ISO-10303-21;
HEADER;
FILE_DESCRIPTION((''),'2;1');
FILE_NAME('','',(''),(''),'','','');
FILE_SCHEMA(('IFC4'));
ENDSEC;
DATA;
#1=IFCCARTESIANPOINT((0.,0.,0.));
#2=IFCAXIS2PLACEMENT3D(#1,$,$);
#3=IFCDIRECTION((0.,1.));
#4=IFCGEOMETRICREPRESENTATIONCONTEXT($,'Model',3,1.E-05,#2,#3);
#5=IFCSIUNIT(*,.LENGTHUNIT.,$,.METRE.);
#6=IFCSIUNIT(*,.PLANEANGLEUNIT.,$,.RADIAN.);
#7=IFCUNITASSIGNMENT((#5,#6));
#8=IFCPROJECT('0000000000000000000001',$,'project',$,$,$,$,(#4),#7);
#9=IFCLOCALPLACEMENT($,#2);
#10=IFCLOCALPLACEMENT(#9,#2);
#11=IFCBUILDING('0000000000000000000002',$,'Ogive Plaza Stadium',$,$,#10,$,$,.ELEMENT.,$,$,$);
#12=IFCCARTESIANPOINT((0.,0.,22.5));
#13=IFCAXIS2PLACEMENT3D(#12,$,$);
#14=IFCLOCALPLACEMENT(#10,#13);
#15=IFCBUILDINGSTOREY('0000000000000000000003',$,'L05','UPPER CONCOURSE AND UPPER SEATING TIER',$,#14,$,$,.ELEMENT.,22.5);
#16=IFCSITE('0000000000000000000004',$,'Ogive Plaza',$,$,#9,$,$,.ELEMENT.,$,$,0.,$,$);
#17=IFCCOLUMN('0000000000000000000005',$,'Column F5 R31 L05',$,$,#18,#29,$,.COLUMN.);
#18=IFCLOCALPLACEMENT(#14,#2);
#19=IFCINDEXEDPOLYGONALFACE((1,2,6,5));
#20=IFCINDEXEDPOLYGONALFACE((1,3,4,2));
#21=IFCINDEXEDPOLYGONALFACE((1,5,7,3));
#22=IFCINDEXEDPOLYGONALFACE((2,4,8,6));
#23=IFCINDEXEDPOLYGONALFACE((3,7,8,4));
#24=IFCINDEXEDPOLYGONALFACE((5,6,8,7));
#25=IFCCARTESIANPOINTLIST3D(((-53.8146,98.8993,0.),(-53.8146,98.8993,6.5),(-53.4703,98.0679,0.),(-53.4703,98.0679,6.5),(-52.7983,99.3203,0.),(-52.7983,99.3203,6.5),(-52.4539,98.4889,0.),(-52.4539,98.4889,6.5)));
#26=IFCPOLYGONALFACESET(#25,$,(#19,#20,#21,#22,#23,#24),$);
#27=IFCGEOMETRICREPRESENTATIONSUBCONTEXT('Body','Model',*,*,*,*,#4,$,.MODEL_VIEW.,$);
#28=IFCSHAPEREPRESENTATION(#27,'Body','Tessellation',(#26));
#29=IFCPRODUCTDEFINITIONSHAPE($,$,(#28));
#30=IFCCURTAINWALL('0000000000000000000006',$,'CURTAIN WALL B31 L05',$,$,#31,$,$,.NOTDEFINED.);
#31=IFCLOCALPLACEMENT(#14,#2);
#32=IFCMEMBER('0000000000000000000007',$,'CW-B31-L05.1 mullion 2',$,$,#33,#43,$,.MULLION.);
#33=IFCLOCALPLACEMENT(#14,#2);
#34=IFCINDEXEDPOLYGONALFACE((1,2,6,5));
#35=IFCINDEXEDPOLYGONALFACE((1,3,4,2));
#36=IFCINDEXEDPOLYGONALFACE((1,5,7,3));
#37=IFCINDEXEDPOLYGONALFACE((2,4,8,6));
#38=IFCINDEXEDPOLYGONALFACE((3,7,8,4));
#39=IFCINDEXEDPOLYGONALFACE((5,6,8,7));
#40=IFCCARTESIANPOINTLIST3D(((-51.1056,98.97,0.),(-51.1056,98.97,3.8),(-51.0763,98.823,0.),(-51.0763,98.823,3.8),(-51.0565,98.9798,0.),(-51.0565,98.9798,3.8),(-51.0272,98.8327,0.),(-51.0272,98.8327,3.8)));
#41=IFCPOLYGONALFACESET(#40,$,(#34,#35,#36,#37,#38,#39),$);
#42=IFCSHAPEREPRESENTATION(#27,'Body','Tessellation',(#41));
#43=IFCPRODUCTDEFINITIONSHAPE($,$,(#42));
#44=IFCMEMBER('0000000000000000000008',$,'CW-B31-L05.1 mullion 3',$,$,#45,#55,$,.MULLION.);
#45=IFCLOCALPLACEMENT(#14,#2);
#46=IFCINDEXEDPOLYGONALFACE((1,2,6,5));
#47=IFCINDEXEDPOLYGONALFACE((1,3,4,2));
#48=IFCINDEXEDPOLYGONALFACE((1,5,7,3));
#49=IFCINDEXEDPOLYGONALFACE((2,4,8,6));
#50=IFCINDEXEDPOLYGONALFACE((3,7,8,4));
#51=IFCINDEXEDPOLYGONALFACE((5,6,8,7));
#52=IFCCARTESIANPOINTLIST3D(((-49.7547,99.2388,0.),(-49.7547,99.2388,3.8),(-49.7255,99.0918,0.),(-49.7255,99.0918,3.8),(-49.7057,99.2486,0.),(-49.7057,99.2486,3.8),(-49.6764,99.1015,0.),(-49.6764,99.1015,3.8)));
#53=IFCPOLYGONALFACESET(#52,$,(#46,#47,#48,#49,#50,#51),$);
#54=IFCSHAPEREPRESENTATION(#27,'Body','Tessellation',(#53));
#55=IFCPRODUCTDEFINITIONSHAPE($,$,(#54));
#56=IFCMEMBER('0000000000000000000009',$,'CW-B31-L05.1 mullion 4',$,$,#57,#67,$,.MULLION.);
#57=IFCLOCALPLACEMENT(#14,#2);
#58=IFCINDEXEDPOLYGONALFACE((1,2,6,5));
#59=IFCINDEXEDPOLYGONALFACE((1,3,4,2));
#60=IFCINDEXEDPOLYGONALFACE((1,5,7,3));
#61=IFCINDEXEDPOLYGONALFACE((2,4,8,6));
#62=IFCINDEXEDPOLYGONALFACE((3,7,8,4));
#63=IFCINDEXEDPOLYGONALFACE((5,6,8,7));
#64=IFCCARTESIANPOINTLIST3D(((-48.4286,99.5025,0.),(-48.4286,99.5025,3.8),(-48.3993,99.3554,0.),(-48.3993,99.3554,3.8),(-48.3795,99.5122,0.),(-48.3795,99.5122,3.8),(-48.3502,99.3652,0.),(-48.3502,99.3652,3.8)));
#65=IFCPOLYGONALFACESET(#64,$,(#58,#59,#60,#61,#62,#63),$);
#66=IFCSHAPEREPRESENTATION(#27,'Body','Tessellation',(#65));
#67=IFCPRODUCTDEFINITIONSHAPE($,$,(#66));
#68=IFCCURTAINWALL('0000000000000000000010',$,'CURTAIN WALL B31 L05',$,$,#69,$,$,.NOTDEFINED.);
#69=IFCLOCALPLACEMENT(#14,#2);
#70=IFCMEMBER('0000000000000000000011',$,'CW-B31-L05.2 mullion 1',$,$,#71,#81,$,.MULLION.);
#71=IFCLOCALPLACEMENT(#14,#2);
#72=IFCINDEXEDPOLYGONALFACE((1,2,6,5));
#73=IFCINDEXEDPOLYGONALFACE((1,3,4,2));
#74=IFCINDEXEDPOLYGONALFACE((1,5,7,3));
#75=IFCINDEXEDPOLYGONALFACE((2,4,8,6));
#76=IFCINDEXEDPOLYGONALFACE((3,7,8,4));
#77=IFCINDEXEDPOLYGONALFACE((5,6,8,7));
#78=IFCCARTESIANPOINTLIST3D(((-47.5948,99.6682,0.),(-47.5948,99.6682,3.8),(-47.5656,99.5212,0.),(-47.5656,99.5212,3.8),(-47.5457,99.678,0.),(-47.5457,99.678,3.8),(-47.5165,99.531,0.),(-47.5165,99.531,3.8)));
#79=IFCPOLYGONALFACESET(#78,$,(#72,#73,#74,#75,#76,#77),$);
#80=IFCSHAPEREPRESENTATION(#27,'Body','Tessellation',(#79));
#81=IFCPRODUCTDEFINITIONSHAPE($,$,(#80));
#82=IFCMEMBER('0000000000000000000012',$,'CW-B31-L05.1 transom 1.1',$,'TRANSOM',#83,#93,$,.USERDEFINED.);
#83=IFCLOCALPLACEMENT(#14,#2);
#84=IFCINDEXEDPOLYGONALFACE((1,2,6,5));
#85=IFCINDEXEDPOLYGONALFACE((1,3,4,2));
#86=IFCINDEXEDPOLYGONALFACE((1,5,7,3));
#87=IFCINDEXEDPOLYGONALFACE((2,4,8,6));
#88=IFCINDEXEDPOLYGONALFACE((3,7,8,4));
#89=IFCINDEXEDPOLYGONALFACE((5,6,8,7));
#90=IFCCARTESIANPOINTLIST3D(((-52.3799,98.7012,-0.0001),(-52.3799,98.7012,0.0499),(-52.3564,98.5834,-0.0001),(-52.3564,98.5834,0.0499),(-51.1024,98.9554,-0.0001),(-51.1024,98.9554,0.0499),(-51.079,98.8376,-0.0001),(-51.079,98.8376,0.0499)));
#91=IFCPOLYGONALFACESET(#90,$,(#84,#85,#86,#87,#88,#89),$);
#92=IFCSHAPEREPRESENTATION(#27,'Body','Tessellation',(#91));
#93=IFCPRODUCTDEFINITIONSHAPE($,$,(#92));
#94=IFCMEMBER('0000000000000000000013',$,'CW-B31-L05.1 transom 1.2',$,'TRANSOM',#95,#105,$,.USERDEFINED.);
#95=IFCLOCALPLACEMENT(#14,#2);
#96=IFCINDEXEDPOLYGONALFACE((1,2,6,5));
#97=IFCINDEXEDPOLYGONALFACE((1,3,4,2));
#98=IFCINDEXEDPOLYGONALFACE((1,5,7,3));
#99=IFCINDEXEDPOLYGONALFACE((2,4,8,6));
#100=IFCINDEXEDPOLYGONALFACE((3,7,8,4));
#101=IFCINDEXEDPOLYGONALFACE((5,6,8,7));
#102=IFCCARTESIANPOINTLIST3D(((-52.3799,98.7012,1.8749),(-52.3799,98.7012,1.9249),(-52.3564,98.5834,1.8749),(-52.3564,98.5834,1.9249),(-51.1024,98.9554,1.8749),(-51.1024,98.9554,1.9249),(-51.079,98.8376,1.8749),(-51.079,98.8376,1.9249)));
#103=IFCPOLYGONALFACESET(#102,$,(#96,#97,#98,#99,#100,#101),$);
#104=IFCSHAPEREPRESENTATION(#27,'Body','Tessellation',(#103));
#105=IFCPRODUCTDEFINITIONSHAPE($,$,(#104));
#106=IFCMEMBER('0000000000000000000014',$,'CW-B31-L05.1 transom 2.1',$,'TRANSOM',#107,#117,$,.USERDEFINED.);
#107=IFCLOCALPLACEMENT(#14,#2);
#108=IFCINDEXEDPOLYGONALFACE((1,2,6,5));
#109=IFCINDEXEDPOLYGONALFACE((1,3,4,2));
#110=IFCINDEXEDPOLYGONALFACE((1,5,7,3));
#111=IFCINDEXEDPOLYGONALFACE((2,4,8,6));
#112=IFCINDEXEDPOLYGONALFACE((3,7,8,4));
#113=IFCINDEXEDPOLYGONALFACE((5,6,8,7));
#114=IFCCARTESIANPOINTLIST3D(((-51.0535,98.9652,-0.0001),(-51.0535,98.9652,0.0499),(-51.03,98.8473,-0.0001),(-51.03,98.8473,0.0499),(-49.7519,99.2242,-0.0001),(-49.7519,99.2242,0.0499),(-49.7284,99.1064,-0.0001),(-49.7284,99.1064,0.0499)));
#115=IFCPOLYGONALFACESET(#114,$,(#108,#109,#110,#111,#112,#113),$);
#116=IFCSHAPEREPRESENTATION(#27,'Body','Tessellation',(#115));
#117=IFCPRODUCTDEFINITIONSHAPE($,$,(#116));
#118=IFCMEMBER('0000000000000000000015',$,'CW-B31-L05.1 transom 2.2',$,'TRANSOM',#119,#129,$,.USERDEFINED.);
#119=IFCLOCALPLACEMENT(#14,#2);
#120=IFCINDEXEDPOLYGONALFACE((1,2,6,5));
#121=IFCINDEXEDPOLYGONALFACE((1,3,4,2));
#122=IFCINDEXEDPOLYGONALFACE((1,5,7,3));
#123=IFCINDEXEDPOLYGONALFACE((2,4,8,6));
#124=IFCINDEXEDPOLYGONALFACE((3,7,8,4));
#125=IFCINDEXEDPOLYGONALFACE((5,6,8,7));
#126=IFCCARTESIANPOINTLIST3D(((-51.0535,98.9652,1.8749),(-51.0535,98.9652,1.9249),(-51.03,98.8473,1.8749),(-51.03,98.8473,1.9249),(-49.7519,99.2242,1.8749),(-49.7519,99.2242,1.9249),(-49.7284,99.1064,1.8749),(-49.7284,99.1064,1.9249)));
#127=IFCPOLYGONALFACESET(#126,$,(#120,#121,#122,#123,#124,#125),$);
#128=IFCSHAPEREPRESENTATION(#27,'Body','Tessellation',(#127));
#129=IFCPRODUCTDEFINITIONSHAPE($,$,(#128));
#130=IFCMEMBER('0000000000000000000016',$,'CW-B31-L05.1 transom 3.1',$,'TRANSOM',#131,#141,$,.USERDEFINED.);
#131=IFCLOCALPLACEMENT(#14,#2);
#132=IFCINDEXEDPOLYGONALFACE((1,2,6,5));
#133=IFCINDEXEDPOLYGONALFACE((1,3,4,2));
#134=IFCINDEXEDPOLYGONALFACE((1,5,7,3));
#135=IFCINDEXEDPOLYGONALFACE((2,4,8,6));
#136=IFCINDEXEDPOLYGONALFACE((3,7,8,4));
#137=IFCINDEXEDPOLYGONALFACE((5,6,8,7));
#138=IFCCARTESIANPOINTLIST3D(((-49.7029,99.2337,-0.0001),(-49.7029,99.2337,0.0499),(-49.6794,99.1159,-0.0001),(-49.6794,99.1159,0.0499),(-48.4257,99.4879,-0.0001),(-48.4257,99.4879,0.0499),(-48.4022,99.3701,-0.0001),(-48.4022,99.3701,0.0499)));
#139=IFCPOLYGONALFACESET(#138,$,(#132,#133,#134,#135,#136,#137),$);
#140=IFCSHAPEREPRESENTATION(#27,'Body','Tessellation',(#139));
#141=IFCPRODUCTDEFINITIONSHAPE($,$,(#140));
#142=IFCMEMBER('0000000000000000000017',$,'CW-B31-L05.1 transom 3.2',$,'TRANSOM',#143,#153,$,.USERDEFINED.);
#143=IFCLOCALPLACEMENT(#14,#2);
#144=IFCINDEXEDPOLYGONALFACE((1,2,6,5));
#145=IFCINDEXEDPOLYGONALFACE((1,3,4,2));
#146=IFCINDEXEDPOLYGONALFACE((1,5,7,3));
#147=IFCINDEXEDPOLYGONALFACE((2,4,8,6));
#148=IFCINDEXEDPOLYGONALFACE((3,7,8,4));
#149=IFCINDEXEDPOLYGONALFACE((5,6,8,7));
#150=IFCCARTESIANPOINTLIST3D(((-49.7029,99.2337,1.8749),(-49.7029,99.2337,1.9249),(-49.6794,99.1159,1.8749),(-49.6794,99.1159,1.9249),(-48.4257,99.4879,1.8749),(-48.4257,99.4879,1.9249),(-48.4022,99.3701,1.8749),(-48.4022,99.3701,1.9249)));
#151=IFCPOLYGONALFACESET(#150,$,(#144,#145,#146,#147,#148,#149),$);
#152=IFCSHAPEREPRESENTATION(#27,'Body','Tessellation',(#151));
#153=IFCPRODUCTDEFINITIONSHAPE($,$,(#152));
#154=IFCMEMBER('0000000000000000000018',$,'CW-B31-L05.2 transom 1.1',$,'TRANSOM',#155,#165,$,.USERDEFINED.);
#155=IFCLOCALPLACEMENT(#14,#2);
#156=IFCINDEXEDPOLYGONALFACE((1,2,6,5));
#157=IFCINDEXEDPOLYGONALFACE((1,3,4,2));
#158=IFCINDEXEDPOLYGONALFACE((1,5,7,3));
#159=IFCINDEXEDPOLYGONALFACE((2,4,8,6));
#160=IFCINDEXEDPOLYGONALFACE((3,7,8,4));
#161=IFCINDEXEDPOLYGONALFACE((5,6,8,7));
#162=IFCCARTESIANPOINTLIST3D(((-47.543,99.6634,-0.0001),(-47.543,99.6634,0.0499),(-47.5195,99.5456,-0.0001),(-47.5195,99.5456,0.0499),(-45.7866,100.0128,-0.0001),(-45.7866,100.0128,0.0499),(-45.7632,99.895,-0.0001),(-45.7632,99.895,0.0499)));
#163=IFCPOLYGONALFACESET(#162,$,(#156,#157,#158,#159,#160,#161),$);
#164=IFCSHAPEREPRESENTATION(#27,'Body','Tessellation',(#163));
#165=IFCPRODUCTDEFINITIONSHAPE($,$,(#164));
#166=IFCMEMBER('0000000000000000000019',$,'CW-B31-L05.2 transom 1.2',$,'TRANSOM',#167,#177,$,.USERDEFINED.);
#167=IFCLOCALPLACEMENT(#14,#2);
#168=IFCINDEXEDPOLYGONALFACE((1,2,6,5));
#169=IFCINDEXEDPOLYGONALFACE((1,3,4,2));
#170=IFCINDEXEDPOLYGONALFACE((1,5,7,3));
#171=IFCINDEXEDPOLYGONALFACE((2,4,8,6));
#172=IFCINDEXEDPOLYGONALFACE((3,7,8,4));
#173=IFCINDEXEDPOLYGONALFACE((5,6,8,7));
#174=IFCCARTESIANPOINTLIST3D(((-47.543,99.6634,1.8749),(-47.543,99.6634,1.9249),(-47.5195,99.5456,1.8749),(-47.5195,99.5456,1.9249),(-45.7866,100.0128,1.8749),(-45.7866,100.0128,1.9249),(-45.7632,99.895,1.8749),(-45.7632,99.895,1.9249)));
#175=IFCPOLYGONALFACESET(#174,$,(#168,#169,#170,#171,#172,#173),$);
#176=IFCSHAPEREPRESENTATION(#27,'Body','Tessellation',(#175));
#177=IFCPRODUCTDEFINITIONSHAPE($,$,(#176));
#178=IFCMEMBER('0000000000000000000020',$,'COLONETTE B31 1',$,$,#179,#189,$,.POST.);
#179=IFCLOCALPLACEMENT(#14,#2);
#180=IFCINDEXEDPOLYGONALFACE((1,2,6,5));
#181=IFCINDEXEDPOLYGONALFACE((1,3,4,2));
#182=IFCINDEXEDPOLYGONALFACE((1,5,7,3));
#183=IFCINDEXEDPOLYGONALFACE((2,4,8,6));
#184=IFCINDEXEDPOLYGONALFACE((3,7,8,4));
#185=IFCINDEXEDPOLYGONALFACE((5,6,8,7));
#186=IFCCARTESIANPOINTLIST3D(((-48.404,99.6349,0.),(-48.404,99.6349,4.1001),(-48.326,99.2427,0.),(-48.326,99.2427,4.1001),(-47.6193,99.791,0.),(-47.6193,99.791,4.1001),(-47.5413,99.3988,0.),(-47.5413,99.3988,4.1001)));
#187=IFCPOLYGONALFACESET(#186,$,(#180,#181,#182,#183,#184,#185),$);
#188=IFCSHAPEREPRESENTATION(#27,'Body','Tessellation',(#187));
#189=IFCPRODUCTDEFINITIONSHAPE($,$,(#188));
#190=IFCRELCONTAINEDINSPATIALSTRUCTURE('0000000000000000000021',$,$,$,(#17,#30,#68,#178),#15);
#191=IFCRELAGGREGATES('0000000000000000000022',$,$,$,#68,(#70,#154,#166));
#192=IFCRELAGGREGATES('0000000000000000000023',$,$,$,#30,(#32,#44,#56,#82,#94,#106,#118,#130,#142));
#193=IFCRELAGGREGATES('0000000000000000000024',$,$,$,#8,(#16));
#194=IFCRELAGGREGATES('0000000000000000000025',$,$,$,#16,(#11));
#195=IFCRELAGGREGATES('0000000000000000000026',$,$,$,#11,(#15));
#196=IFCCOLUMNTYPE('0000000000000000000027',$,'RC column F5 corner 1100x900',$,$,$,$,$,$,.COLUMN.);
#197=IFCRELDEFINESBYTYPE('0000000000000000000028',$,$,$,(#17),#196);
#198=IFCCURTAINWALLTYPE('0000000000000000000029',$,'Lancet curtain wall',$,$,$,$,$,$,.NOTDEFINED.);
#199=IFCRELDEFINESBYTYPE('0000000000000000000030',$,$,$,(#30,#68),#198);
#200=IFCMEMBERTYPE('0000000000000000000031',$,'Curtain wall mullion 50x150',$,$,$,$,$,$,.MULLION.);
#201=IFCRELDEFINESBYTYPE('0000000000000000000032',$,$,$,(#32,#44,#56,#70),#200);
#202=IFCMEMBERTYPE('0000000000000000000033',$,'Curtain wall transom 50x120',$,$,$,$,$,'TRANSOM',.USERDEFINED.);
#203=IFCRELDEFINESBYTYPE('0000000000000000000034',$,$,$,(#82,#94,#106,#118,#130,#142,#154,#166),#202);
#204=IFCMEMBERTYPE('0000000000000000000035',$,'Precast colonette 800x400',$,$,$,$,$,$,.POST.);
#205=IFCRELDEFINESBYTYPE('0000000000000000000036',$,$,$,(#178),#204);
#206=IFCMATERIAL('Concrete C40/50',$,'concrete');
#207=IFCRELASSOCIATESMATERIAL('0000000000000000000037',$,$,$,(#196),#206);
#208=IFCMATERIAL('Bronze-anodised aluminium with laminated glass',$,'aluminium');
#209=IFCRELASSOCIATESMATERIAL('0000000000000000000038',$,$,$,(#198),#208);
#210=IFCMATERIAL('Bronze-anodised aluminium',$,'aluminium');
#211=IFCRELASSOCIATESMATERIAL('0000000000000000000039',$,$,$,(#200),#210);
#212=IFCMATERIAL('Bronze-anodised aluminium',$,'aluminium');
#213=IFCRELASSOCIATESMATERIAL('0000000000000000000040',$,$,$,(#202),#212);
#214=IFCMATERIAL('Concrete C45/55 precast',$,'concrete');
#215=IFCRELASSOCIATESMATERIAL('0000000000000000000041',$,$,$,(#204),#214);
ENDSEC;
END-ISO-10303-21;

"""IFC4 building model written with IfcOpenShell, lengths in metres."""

from ifc_helpers import new_model, si_unit, direction, frame, origin, origin_2d, place, context, subcontext, project, spatial, rectangle, extrude, material, material_profile, profile_set, type_object, element, aggregate, save


model = new_model("IFC4")

# Units and contexts
model_context = context("Model", 3, precision=1e-05, world=origin(), true_north=direction((0.0, 1.0)))
body_context = subcontext(model_context, "Body", "Model", "MODEL_VIEW")
ifc_project = project(units=[si_unit("LENGTHUNIT", "METRE"), si_unit("PLANEANGLEUNIT", "RADIAN")], contexts=[model_context])

# Site, building, storey
site_placement = place(None, origin())
site = spatial("IfcSite", under=ifc_project, at=site_placement, Name="Ogive Plaza", CompositionType="ELEMENT", RefElevation=0.0)
building_placement = place(site_placement, origin())
building = spatial("IfcBuilding", under=site, at=building_placement, Name="Ogive Plaza Stadium", CompositionType="ELEMENT")
storey_placement = place(building_placement, frame((0.0, 0.0, 22.5)))
storey = spatial("IfcBuildingStorey", under=building, at=storey_placement, Name="L05", Description="UPPER CONCOURSE AND UPPER SEATING TIER", CompositionType="ELEMENT", Elevation=22.5)

# Column
ifc_material_1 = material(Name="Concrete C40/50", Category="concrete")
ifc_material_profile_1 = material_profile(ifc_material_1, rectangle(XDim=1.1001, YDim=0.8999, at=origin_2d()), Name="RC 1100x900")
ifc_profile_set_1 = profile_set([ifc_material_profile_1], Name="Concrete C40/50")
column_type = type_object("IfcColumnType", Name="RC column F5 corner 1100x900", PredefinedType="COLUMN", material=ifc_profile_set_1)
column_placement = place(storey_placement, frame((-53.1343, 98.6941, 0.0), z_axis=(0.0, 0.0, 1.0), x_axis=(-0.92388, -0.382683, 0.0)))
element("IfcColumn", 1, at=column_placement, inside=storey, type_object=column_type, Name="Column F5 R31 L05", PredefinedType="COLUMN", context=body_context, shape_type="SweptSolid", body=[
    extrude(rectangle(XDim=1.1001, YDim=0.8999, at=origin_2d()), origin(), (0.0, 0.0, 1.0), 6.5),
])

# Curtain wall, members
ifc_material_2 = material(Name="Bronze-anodised aluminium with laminated glass", Category="aluminium")
curtain_wall_type = type_object("IfcCurtainWallType", Name="Lancet curtain wall", PredefinedType="NOTDEFINED", material=ifc_material_2)
curtain_wall_1_placement = place(storey_placement, origin())
curtain_wall_1 = element("IfcCurtainWall", 2, at=curtain_wall_1_placement, inside=storey, type_object=curtain_wall_type, Name="CURTAIN WALL B31 L05", PredefinedType="NOTDEFINED")
ifc_material_3 = material(Name="Bronze-anodised aluminium", Category="aluminium")
ifc_material_profile_2 = material_profile(ifc_material_3, rectangle(XDim=0.1499, YDim=0.05, at=origin_2d()), Name="AL 150x50")
ifc_profile_set_2 = profile_set([ifc_material_profile_2], Name="Bronze-anodised aluminium")
member_type_1 = type_object("IfcMemberType", Name="Curtain wall mullion 50x150", PredefinedType="MULLION", material=ifc_profile_set_2)
member_1_placement = place(storey_placement, frame((-51.0664, 98.9014, 0.0), z_axis=(0.0, 0.0, 1.0), x_axis=(-0.19509, 0.980785, 0.0)))
member_1 = element("IfcMember", 3, at=member_1_placement, type_object=member_type_1, Name="CW-B31-L05.1 mullion 2", PredefinedType="MULLION", context=body_context, shape_type="SweptSolid", body=[
    extrude(rectangle(XDim=0.1499, YDim=0.05, at=origin_2d()), origin(), (0.0, 0.0, 1.0), 3.8),
])
member_2_placement = place(storey_placement, frame((-49.7156, 99.1702, 0.0), z_axis=(0.0, 0.0, 1.0), x_axis=(-0.19509, 0.980785, 0.0)))
member_2 = element("IfcMember", 4, at=member_2_placement, type_object=member_type_1, Name="CW-B31-L05.1 mullion 3", PredefinedType="MULLION", context=body_context, shape_type="SweptSolid", body=[
    extrude(rectangle(XDim=0.1499, YDim=0.05, at=origin_2d()), origin(), (0.0, 0.0, 1.0), 3.8),
])
member_3_placement = place(storey_placement, frame((-48.3894, 99.4338, 0.0), z_axis=(0.0, 0.0, 1.0), x_axis=(-0.19509, 0.980785, 0.0)))
member_3 = element("IfcMember", 5, at=member_3_placement, type_object=member_type_1, Name="CW-B31-L05.1 mullion 4", PredefinedType="MULLION", context=body_context, shape_type="SweptSolid", body=[
    extrude(rectangle(XDim=0.1499, YDim=0.05, at=origin_2d()), origin(), (0.0, 0.0, 1.0), 3.8),
])

# Curtain wall, member
curtain_wall_2_placement = place(storey_placement, origin())
curtain_wall_2 = element("IfcCurtainWall", 6, at=curtain_wall_2_placement, inside=storey, type_object=curtain_wall_type, Name="CURTAIN WALL B31 L05", PredefinedType="NOTDEFINED")
member_4_placement = place(storey_placement, frame((-47.5557, 99.5996, 0.0), z_axis=(0.0, 0.0, 1.0), x_axis=(-0.19509, 0.980785, 0.0)))
member_4 = element("IfcMember", 7, at=member_4_placement, type_object=member_type_1, Name="CW-B31-L05.2 mullion 1", PredefinedType="MULLION", context=body_context, shape_type="SweptSolid", body=[
    extrude(rectangle(XDim=0.1499, YDim=0.05, at=origin_2d()), origin(), (0.0, 0.0, 1.0), 3.8),
])

# Members
ifc_material_4 = material(Name="Bronze-anodised aluminium", Category="aluminium")
ifc_material_profile_3 = material_profile(ifc_material_4, rectangle(XDim=0.1201, YDim=0.05, at=origin_2d()), Name="AL 120x50")
ifc_profile_set_3 = profile_set([ifc_material_profile_3], Name="Bronze-anodised aluminium")
member_type_2 = type_object("IfcMemberType", Name="Curtain wall transom 50x120", ElementType="TRANSOM", PredefinedType="USERDEFINED", material=ifc_profile_set_3)
member_5_placement = place(storey_placement, frame((-52.3682, 98.6423, 0.0249), z_axis=(0.980775, 0.195143, 0.0), x_axis=(-0.195143, 0.980775, 0.0)))
member_5 = element("IfcMember", 8, at=member_5_placement, type_object=member_type_2, Name="CW-B31-L05.1 transom 1.1", ObjectType="TRANSOM", PredefinedType="USERDEFINED", context=body_context, shape_type="SweptSolid", body=[
    extrude(rectangle(XDim=0.1201, YDim=0.05, at=origin_2d()), origin(), (0.0, 0.0, 1.0), 1.3025),
])
member_6_placement = place(storey_placement, frame((-52.3682, 98.6423, 1.8999), z_axis=(0.980775, 0.195143, 0.0), x_axis=(-0.195143, 0.980775, 0.0)))
member_6 = element("IfcMember", 9, at=member_6_placement, type_object=member_type_2, Name="CW-B31-L05.1 transom 1.2", ObjectType="TRANSOM", PredefinedType="USERDEFINED", context=body_context, shape_type="SweptSolid", body=[
    extrude(rectangle(XDim=0.1201, YDim=0.05, at=origin_2d()), origin(), (0.0, 0.0, 1.0), 1.3025),
])
member_7_placement = place(storey_placement, frame((-51.0417, 98.9062, 0.0249), z_axis=(0.980764, 0.195196, 0.0), x_axis=(-0.195196, 0.980764, 0.0)))
member_7 = element("IfcMember", 10, at=member_7_placement, type_object=member_type_2, Name="CW-B31-L05.1 transom 2.1", ObjectType="TRANSOM", PredefinedType="USERDEFINED", context=body_context, shape_type="SweptSolid", body=[
    extrude(rectangle(XDim=0.1201, YDim=0.05, at=origin_2d()), origin(), (0.0, 0.0, 1.0), 1.3271),
])
member_8_placement = place(storey_placement, frame((-51.0417, 98.9062, 1.8999), z_axis=(0.980764, 0.195196, 0.0), x_axis=(-0.195196, 0.980764, 0.0)))
member_8 = element("IfcMember", 11, at=member_8_placement, type_object=member_type_2, Name="CW-B31-L05.1 transom 2.2", ObjectType="TRANSOM", PredefinedType="USERDEFINED", context=body_context, shape_type="SweptSolid", body=[
    extrude(rectangle(XDim=0.1201, YDim=0.05, at=origin_2d()), origin(), (0.0, 0.0, 1.0), 1.3271),
])
member_9_placement = place(storey_placement, frame((-49.6912, 99.1748, 0.0249), z_axis=(0.980768, 0.195179, 0.0), x_axis=(-0.195179, 0.980768, 0.0)))
member_9 = element("IfcMember", 12, at=member_9_placement, type_object=member_type_2, Name="CW-B31-L05.1 transom 3.1", ObjectType="TRANSOM", PredefinedType="USERDEFINED", context=body_context, shape_type="SweptSolid", body=[
    extrude(rectangle(XDim=0.1201, YDim=0.05, at=origin_2d()), origin(), (0.0, 0.0, 1.0), 1.3022),
])
member_10_placement = place(storey_placement, frame((-49.6912, 99.1748, 1.8999), z_axis=(0.980768, 0.195179, 0.0), x_axis=(-0.195179, 0.980768, 0.0)))
member_10 = element("IfcMember", 13, at=member_10_placement, type_object=member_type_2, Name="CW-B31-L05.1 transom 3.2", ObjectType="TRANSOM", PredefinedType="USERDEFINED", context=body_context, shape_type="SweptSolid", body=[
    extrude(rectangle(XDim=0.1201, YDim=0.05, at=origin_2d()), origin(), (0.0, 0.0, 1.0), 1.3022),
])
member_11_placement = place(storey_placement, frame((-47.5312, 99.6045, 0.0249), z_axis=(0.980785, 0.195094, 0.0), x_axis=(-0.195094, 0.980785, 0.0)))
member_11 = element("IfcMember", 14, at=member_11_placement, type_object=member_type_2, Name="CW-B31-L05.2 transom 1.1", ObjectType="TRANSOM", PredefinedType="USERDEFINED", context=body_context, shape_type="SweptSolid", body=[
    extrude(rectangle(XDim=0.1201, YDim=0.05, at=origin_2d()), origin(), (0.0, 0.0, 1.0), 1.7908),
])
member_12_placement = place(storey_placement, frame((-47.5312, 99.6045, 1.8999), z_axis=(0.980785, 0.195094, 0.0), x_axis=(-0.195094, 0.980785, 0.0)))
member_12 = element("IfcMember", 15, at=member_12_placement, type_object=member_type_2, Name="CW-B31-L05.2 transom 1.2", ObjectType="TRANSOM", PredefinedType="USERDEFINED", context=body_context, shape_type="SweptSolid", body=[
    extrude(rectangle(XDim=0.1201, YDim=0.05, at=origin_2d()), origin(), (0.0, 0.0, 1.0), 1.7908),
])
aggregate(curtain_wall_2, [member_4, member_11, member_12])
ifc_material_5 = material(Name="Concrete C45/55 precast", Category="concrete")
ifc_material_profile_4 = material_profile(ifc_material_5, rectangle(XDim=0.3999, YDim=0.8, at=origin_2d()), Name="RC 400x800")
ifc_profile_set_4 = profile_set([ifc_material_profile_4], Name="Concrete C45/55 precast")
member_type_3 = type_object("IfcMemberType", Name="Precast colonette 800x400", PredefinedType="POST", material=ifc_profile_set_4)
member_13_placement = place(storey_placement, frame((-47.9727, 99.5168, 0.0), z_axis=(0.0, 0.0, 1.0), x_axis=(-0.19509, 0.980785, 0.0)))
element("IfcMember", 16, at=member_13_placement, inside=storey, type_object=member_type_3, Name="COLONETTE B31 1", PredefinedType="POST", context=body_context, shape_type="SweptSolid", body=[
    extrude(rectangle(XDim=0.3999, YDim=0.8, at=origin_2d()), origin(), (0.0, 0.0, 1.0), 4.1001),
])

aggregate(curtain_wall_1, [member_1, member_2, member_3, member_5, member_6, member_7, member_8, member_9, member_10])

save(model, "model.ifc")
